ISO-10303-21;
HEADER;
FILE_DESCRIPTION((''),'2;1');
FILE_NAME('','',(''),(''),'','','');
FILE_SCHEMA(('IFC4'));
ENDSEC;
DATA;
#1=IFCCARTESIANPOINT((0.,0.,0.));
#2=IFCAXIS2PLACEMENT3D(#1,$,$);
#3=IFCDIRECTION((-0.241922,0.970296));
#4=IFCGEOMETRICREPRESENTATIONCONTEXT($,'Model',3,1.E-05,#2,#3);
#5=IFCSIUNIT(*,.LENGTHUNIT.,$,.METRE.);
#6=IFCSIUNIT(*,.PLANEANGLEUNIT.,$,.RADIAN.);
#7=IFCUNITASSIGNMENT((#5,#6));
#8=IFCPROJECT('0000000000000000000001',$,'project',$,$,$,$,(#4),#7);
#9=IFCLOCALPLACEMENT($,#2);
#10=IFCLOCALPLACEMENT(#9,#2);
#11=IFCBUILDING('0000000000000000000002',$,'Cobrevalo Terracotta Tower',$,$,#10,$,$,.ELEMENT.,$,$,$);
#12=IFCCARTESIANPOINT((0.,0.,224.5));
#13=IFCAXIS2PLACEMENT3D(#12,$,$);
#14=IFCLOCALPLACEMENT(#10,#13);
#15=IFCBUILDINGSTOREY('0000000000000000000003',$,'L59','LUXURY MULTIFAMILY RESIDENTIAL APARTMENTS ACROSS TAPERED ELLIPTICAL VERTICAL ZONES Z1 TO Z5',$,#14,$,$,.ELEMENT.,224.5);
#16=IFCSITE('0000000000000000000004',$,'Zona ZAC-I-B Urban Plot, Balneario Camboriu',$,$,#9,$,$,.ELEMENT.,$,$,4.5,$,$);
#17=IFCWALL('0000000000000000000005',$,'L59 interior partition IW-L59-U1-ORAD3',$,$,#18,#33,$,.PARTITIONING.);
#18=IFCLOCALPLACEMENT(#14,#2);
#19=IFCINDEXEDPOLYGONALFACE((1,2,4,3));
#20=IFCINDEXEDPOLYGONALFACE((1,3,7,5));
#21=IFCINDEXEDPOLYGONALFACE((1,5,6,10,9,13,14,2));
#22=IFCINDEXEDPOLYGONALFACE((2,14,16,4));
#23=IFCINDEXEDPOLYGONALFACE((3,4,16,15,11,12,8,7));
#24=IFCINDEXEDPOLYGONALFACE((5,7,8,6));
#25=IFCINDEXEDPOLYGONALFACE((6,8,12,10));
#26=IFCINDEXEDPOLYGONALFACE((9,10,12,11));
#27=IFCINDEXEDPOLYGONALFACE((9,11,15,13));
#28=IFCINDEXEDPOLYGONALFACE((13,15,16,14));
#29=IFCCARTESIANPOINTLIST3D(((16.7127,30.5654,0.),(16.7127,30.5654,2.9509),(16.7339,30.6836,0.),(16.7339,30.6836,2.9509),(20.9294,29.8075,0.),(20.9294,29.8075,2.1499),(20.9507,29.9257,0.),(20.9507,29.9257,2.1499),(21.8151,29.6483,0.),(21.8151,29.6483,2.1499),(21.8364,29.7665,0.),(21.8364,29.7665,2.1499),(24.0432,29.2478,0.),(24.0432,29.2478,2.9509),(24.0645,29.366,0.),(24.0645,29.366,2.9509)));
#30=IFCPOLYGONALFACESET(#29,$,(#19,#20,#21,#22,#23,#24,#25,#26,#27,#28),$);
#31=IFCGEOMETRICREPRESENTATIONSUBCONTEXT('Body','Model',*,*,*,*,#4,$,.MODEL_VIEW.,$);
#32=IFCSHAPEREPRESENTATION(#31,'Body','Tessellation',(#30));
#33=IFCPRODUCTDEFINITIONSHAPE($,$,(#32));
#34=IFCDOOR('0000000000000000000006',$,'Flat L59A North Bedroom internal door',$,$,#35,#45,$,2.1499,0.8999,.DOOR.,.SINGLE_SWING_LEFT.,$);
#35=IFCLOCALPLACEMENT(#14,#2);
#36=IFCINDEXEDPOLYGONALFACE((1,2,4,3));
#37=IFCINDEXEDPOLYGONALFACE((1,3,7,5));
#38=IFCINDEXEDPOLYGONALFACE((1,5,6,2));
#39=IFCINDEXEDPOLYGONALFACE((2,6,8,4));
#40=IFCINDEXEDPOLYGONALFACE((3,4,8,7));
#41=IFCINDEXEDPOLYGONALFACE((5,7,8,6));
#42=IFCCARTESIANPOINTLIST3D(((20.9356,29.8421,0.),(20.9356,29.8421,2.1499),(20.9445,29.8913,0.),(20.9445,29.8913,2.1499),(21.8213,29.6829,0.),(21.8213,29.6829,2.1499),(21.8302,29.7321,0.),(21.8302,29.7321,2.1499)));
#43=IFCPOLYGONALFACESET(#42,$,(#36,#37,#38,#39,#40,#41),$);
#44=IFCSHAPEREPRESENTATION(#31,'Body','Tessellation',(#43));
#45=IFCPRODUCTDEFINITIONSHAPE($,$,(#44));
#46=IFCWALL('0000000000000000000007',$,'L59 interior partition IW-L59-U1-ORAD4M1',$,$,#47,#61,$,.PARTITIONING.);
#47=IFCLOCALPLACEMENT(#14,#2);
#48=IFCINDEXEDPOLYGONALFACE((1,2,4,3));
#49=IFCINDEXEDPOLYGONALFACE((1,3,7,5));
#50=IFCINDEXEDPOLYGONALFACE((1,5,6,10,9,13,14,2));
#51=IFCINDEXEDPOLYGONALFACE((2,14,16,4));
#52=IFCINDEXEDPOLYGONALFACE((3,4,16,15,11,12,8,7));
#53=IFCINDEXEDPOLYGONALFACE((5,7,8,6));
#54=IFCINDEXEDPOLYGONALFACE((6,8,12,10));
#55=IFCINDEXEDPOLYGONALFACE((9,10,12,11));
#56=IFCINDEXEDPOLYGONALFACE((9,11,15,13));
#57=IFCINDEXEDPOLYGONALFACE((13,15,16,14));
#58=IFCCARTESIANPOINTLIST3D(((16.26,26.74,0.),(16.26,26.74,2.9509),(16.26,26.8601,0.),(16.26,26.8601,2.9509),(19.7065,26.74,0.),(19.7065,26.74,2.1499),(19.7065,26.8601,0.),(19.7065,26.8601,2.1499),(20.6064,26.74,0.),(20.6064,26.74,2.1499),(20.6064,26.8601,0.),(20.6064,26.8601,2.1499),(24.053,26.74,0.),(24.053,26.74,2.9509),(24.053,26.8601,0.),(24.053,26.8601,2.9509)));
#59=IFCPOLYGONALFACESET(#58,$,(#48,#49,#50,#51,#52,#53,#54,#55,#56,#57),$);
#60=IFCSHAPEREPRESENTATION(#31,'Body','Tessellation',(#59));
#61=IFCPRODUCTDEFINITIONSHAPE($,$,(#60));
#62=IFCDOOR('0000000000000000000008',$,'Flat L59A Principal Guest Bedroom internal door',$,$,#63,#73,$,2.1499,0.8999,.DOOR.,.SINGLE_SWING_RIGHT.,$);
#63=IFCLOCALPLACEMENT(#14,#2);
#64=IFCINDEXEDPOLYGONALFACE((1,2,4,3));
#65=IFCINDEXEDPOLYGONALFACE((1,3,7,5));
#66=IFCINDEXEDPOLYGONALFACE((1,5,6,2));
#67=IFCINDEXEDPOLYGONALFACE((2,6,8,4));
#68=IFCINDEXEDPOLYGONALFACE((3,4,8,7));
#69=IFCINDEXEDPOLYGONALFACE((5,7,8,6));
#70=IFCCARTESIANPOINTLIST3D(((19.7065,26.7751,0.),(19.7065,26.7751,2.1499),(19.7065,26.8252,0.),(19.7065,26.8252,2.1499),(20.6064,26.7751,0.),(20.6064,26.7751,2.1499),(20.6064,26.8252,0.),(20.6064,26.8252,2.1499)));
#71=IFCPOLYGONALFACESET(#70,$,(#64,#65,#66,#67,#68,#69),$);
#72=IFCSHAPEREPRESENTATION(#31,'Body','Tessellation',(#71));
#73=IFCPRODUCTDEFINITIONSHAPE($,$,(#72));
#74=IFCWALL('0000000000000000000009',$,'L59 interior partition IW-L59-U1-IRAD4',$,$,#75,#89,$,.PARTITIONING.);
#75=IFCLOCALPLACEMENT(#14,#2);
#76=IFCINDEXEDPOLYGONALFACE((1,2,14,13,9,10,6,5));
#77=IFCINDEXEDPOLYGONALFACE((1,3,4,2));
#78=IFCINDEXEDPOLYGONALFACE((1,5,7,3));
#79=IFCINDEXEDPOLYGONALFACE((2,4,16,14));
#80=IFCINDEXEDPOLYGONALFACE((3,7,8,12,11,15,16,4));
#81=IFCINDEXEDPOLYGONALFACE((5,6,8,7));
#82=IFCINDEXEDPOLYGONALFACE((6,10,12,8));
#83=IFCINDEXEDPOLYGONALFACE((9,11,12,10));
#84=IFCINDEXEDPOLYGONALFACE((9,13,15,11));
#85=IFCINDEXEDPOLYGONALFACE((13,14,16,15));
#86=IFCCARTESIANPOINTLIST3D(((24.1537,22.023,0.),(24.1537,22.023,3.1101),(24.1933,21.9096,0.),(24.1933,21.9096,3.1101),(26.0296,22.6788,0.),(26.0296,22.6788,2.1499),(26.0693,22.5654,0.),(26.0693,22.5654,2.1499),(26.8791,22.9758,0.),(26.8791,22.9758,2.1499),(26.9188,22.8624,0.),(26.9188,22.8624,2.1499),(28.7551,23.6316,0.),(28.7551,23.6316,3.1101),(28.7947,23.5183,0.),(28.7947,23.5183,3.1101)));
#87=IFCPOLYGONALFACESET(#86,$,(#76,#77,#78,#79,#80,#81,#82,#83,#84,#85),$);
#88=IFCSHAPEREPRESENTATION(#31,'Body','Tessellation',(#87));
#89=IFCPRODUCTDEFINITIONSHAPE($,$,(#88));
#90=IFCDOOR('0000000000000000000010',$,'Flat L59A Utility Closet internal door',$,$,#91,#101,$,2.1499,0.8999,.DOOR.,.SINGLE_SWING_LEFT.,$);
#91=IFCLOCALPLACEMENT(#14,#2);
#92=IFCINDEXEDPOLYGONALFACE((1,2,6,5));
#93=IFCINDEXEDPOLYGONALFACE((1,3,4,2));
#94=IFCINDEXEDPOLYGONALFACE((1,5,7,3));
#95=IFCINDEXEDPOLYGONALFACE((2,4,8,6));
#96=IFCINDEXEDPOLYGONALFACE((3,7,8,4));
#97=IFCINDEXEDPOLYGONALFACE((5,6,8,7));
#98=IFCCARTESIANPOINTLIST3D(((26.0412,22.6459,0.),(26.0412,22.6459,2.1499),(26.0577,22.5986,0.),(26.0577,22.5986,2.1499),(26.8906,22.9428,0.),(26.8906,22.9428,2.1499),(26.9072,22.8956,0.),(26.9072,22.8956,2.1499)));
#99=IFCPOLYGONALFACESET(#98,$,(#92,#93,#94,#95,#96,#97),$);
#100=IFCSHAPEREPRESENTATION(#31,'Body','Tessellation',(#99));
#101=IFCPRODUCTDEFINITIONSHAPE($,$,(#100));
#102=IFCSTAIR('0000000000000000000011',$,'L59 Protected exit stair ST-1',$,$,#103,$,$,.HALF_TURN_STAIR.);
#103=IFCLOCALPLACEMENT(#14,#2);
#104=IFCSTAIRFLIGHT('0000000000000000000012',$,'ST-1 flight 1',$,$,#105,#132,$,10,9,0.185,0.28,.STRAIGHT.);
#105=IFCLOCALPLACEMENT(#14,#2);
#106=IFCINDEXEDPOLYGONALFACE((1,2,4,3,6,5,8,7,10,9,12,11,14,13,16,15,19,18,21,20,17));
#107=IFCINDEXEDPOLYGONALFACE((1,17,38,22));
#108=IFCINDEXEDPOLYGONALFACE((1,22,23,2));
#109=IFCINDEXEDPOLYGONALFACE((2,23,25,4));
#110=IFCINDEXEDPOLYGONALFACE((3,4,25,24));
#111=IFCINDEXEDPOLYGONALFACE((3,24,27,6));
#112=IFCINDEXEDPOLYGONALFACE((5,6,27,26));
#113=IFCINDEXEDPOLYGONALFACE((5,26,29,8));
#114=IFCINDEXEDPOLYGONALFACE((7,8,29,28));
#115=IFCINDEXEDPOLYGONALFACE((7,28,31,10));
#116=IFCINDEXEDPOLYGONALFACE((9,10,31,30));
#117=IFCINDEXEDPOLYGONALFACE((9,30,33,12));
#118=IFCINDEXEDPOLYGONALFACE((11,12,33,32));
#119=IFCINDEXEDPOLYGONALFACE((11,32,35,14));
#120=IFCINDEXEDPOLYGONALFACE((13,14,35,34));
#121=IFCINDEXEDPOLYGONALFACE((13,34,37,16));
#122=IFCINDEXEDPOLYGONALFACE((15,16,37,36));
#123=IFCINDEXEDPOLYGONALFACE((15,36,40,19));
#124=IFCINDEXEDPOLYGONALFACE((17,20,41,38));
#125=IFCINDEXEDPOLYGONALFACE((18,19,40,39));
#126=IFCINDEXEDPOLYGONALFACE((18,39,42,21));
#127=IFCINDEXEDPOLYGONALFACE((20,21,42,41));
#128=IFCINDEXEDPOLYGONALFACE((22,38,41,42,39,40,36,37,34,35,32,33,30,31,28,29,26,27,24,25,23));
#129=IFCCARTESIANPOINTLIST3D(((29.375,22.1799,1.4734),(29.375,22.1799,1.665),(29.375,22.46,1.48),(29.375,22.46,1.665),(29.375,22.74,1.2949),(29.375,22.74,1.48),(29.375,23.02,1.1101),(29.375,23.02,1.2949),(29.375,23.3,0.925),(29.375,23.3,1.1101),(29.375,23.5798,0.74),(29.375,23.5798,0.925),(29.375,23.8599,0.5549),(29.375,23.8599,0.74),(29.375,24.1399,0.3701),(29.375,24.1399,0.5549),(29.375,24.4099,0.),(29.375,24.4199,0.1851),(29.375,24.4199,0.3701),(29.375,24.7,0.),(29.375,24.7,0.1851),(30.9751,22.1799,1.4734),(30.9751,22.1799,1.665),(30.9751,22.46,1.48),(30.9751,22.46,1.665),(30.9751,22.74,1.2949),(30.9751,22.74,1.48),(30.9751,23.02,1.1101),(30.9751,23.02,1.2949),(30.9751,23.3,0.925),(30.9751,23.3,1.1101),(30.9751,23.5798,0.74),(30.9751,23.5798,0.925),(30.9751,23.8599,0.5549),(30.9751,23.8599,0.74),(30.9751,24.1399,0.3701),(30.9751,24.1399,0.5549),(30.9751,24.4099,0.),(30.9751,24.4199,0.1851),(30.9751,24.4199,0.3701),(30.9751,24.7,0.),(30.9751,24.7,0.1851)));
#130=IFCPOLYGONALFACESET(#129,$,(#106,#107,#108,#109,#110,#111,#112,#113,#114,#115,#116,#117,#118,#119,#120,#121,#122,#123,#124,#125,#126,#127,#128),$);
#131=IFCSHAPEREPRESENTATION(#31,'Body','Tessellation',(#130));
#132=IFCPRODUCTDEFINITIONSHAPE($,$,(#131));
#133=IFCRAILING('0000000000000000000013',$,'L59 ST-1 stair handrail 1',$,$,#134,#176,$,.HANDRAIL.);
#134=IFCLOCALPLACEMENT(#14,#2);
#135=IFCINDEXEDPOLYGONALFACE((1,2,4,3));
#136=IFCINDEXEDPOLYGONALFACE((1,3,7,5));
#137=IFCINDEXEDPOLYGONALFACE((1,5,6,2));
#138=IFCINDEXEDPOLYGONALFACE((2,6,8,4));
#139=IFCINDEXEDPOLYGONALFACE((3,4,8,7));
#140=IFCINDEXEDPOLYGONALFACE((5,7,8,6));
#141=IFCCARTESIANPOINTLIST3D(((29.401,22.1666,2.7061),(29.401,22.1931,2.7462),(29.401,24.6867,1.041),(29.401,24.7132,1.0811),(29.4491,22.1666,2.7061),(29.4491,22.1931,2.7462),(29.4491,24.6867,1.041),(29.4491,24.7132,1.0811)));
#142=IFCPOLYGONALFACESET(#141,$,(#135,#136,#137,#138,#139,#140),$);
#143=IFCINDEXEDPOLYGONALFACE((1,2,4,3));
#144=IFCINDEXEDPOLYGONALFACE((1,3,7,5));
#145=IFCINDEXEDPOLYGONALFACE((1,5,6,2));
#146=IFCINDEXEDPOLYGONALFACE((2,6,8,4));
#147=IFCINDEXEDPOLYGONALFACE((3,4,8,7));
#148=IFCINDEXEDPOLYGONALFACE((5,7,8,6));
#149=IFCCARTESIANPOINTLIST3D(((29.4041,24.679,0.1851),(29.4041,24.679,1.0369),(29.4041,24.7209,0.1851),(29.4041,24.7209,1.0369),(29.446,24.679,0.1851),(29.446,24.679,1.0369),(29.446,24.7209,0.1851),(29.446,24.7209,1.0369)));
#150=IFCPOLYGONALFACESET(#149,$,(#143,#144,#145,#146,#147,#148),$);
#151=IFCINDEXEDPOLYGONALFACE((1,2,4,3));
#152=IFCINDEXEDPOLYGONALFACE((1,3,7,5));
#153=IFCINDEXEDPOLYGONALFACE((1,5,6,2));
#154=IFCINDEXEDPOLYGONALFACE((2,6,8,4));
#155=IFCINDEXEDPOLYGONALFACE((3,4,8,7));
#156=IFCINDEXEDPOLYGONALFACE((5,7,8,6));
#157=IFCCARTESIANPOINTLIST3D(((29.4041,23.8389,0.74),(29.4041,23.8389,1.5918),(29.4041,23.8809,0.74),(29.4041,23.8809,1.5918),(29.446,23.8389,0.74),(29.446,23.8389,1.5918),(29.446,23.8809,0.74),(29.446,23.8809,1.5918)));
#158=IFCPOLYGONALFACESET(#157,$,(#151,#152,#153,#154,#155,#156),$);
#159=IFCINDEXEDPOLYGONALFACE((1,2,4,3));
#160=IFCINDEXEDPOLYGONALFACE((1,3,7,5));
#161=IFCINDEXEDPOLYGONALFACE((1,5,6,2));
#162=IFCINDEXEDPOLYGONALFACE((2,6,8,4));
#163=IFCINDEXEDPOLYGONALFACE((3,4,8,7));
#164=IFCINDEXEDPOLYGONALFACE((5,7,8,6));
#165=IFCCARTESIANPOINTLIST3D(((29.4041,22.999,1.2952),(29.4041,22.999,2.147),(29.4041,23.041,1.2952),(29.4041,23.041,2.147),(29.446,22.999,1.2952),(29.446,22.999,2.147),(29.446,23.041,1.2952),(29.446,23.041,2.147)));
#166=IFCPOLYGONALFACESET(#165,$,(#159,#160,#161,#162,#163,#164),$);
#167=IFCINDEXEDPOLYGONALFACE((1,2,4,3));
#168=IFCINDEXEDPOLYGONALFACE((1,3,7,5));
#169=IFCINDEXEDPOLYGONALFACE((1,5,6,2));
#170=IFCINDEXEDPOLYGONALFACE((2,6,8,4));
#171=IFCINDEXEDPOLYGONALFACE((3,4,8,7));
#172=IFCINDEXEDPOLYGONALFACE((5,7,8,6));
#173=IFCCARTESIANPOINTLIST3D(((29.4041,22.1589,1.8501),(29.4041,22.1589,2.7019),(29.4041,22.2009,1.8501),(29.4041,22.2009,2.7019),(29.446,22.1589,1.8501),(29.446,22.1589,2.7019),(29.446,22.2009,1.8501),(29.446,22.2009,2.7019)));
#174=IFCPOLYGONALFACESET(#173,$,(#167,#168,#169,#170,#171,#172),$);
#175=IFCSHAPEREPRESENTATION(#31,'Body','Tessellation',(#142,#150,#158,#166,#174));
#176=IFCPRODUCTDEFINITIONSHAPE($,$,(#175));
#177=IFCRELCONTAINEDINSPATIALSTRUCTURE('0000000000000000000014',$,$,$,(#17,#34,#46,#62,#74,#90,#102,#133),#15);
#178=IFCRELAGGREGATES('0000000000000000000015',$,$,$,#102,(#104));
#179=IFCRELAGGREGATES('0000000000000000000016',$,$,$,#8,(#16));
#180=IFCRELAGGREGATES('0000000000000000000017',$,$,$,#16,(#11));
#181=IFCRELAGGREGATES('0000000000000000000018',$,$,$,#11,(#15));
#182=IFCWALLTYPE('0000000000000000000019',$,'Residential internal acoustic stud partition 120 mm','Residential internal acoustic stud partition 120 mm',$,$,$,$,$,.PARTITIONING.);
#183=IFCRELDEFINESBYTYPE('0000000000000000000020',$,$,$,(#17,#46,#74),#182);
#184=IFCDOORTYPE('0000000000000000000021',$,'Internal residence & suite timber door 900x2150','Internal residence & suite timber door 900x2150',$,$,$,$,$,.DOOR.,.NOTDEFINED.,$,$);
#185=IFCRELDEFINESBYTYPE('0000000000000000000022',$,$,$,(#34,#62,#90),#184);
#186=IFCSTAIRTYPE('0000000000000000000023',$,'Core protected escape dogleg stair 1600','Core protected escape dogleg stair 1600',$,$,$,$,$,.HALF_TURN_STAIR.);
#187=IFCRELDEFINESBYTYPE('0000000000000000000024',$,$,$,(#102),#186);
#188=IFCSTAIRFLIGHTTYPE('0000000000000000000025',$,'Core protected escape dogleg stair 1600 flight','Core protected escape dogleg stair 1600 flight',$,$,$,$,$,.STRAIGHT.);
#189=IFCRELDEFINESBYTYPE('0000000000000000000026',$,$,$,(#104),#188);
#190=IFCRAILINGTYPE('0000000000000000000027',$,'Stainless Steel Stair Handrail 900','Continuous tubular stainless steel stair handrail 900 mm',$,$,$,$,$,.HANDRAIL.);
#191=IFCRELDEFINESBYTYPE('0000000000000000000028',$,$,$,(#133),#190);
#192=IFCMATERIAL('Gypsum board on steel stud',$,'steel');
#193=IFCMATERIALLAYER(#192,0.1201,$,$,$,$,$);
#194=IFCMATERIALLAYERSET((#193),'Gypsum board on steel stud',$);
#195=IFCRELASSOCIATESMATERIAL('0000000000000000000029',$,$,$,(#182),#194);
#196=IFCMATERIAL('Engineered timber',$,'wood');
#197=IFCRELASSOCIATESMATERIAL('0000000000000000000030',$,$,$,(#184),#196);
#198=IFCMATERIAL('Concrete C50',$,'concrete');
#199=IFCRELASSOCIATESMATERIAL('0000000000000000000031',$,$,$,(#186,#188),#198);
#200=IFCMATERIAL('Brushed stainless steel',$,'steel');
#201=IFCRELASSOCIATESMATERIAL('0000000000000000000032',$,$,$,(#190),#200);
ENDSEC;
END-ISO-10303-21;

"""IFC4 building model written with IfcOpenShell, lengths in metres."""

from ifc_helpers import new_model, si_unit, direction, frame, frame_2d, origin, origin_2d, place, context, subcontext, project, spatial, polyline, rectangle, outline, extrude, source, transform, mapped, material, layer, layer_set, type_object, element, fill, aggregate, save


model = new_model("IFC4")

# Units and contexts
model_context = context("Model", 3, precision=1e-05, world=origin(), true_north=direction((-0.241922, 0.970296)))
body_context = subcontext(model_context, "Body", "Model", "MODEL_VIEW")
ifc_project = project(units=[si_unit("LENGTHUNIT", "METRE"), si_unit("PLANEANGLEUNIT", "RADIAN")], contexts=[model_context])

# Site, building, storey
site_placement = place(None, origin())
site = spatial("IfcSite", under=ifc_project, at=site_placement, Name="Zona ZAC-I-B Urban Plot, Balneario Camboriu", CompositionType="ELEMENT", RefElevation=4.5)
building_placement = place(site_placement, origin())
building = spatial("IfcBuilding", under=site, at=building_placement, Name="Cobrevalo Terracotta Tower", CompositionType="ELEMENT")
storey_placement = place(building_placement, frame((0.0, 0.0, 224.5)))
storey = spatial("IfcBuildingStorey", under=building, at=storey_placement, Name="L59", Description="LUXURY MULTIFAMILY RESIDENTIAL APARTMENTS ACROSS TAPERED ELLIPTICAL VERTICAL ZONES Z1 TO Z5", CompositionType="ELEMENT", Elevation=224.5)

# Shared definitions
ifc_material_1 = material(Name="Gypsum board on steel stud", Category="steel")

# Shared definitions
ifc_material_2 = material(Name="Brushed stainless steel", Category="steel")

# Walls, openings, doors
ifc_layer_1 = layer(ifc_material_1, 0.1201)
ifc_layer_set_1 = layer_set([ifc_layer_1], Name="Gypsum board on steel stud")
wall_type_1 = type_object("IfcWallType", Name="Residential internal acoustic stud partition 120 mm", Description="Residential internal acoustic stud partition 120 mm", PredefinedType="PARTITIONING", material=ifc_layer_set_1)
wall_1_placement = place(storey_placement, frame((24.054, 29.3069, 0.0), z_axis=(0.0, 0.0, 1.0), x_axis=(-0.984227, 0.176909, 0.0)))
wall_1 = element("IfcWall", 1, at=wall_1_placement, inside=storey, type_object=wall_type_1, Name="L59 interior partition IW-L59-U1-ORAD3", PredefinedType="PARTITIONING", context=body_context, shape_type="SweptSolid", body=[
    extrude(rectangle(XDim=7.448, YDim=0.1201, at=frame_2d((3.7241, 0.0))), origin(), (0.0, 0.0, 1.0), 2.9509),
])
opening_1_placement = place(wall_1_placement, frame((2.2639, 0.0, 0.0)))
opening_1 = element("IfcOpeningElement", 2, at=opening_1_placement, cuts=wall_1, PredefinedType="OPENING", context=body_context, shape_type="SweptSolid", body=[
    extrude(rectangle(XDim=0.8999, YDim=2.1499, at=frame_2d((0.45, 1.075))), frame((0.0, 0.0701, 0.0), z_axis=(0.0, -1.0, 0.0), x_axis=(1.0, 0.0, 0.0)), (0.0, 0.0, 1.0), 0.1401),
])
ifc_material_3 = material(Name="Engineered timber", Category="wood")
door_type_1 = type_object("IfcDoorType", Name="Internal residence & suite timber door 900x2150", Description="Internal residence & suite timber door 900x2150", OperationType="NOTDEFINED", PredefinedType="DOOR", material=ifc_material_3)
shared_shape_1 = source(origin(), body_context, "Body", "SweptSolid", [
    extrude(rectangle(XDim=0.8999, YDim=2.1499, at=frame_2d((0.45, 1.075))), frame((0.0, 0.0249, 0.0), z_axis=(0.0, -1.0, 0.0), x_axis=(1.0, 0.0, 0.0)), (0.0, 0.0, 1.0), 0.05),
])
door_1_placement = place(opening_1_placement, origin())
door_1 = element("IfcDoor", 3, at=door_1_placement, inside=storey, type_object=door_type_1, Name="Flat L59A North Bedroom internal door", OperationType="SINGLE_SWING_LEFT", OverallHeight=2.1499, OverallWidth=0.8999, PredefinedType="DOOR", context=body_context, shape_type="MappedRepresentation", body=[
    mapped(shared_shape_1, transform((0.0, 0.0, 0.0), scale=1.0)),
])
fill(opening_1, door_1)
wall_2_placement = place(storey_placement, frame((24.053, 26.8, 0.0), z_axis=(0.0, 0.0, 1.0), x_axis=(-1.0, 0.0, 0.0)))
wall_2 = element("IfcWall", 4, at=wall_2_placement, inside=storey, type_object=wall_type_1, Name="L59 interior partition IW-L59-U1-ORAD4M1", PredefinedType="PARTITIONING", context=body_context, shape_type="SweptSolid", body=[
    extrude(rectangle(XDim=7.793, YDim=0.1201, at=frame_2d((3.8965, 0.0))), origin(), (0.0, 0.0, 1.0), 2.9509),
])
opening_2_placement = place(wall_2_placement, frame((3.4465, 0.0, 0.0)))
opening_2 = element("IfcOpeningElement", 5, at=opening_2_placement, cuts=wall_2, PredefinedType="OPENING", context=body_context, shape_type="SweptSolid", body=[
    extrude(rectangle(XDim=0.8999, YDim=2.1499, at=frame_2d((0.45, 1.075))), frame((0.0, 0.0701, 0.0), z_axis=(0.0, -1.0, 0.0), x_axis=(1.0, 0.0, 0.0)), (0.0, 0.0, 1.0), 0.1401),
])
door_2_placement = place(opening_2_placement, origin())
door_2 = element("IfcDoor", 6, at=door_2_placement, inside=storey, type_object=door_type_1, Name="Flat L59A Principal Guest Bedroom internal door", OperationType="SINGLE_SWING_RIGHT", OverallHeight=2.1499, OverallWidth=0.8999, PredefinedType="DOOR", context=body_context, shape_type="MappedRepresentation", body=[
    mapped(shared_shape_1, transform((0.0, 0.0, 0.0), scale=1.0)),
])
fill(opening_2, door_2)
wall_3_placement = place(storey_placement, frame((28.7749, 23.575, 0.0), z_axis=(0.0, 0.0, 1.0), x_axis=(-0.943975, -0.330018, 0.0)))
wall_3 = element("IfcWall", 7, at=wall_3_placement, inside=storey, type_object=wall_type_1, Name="L59 interior partition IW-L59-U1-IRAD4", PredefinedType="PARTITIONING", context=body_context, shape_type="SweptSolid", body=[
    extrude(rectangle(XDim=4.8745, YDim=0.1201, at=frame_2d((2.4373, 0.0))), origin(), (0.0, 0.0, 1.0), 3.1101),
])
opening_3_placement = place(wall_3_placement, frame((1.9873, 0.0, 0.0)))
opening_3 = element("IfcOpeningElement", 8, at=opening_3_placement, cuts=wall_3, PredefinedType="OPENING", context=body_context, shape_type="SweptSolid", body=[
    extrude(rectangle(XDim=0.8999, YDim=2.1499, at=frame_2d((0.45, 1.075))), frame((0.0, 0.0701, 0.0), z_axis=(0.0, -1.0, 0.0), x_axis=(1.0, 0.0, 0.0)), (0.0, 0.0, 1.0), 0.1401),
])
door_3_placement = place(opening_3_placement, origin())
door_3 = element("IfcDoor", 9, at=door_3_placement, inside=storey, type_object=door_type_1, Name="Flat L59A Utility Closet internal door", OperationType="SINGLE_SWING_LEFT", OverallHeight=2.1499, OverallWidth=0.8999, PredefinedType="DOOR", context=body_context, shape_type="MappedRepresentation", body=[
    mapped(shared_shape_1, transform((0.0, 0.0, 0.0), scale=1.0)),
])
fill(opening_3, door_3)
ifc_material_4 = material(Name="Concrete C50", Category="concrete")

# Stair, stair flight
stair_type = type_object("IfcStairType", Name="Core protected escape dogleg stair 1600", Description="Core protected escape dogleg stair 1600", PredefinedType="HALF_TURN_STAIR", material=ifc_material_4)
stair_placement = place(storey_placement, origin())
stair = element("IfcStair", 10, at=stair_placement, inside=storey, type_object=stair_type, Name="L59 Protected exit stair ST-1", PredefinedType="HALF_TURN_STAIR")
stair_flight_type = type_object("IfcStairFlightType", Name="Core protected escape dogleg stair 1600 flight", Description="Core protected escape dogleg stair 1600 flight", PredefinedType="STRAIGHT", material=ifc_material_4)
stair_flight_placement = place(storey_placement, frame((30.175, 24.7, 0.0), z_axis=(0.0, 0.0, 1.0), x_axis=(0.0, -1.0, 0.0)))
stair_flight = element("IfcStairFlight", 11, at=stair_flight_placement, type_object=stair_flight_type, Name="ST-1 flight 1", NumberOfRisers=10, NumberOfTreads=9, PredefinedType="STRAIGHT", RiserHeight=0.185, TreadLength=0.28, context=body_context, shape_type="SweptSolid", body=[
    extrude(outline(polyline([(0.0, 0.0), (0.0, 0.1851), (0.28, 0.1851), (0.28, 0.3701), (0.5601, 0.3701), (0.5601, 0.5549), (0.8401, 0.5549), (0.8401, 0.74), (1.1201, 0.74), (1.1201, 0.925), (1.3999, 0.925), (1.3999, 1.1101), (1.6799, 1.1101), (1.6799, 1.2949), (1.96, 1.2949), (1.96, 1.48), (2.24, 1.48), (2.24, 1.665), (2.52, 1.665), (2.52, 1.8501), (2.52, 1.4734), (0.29, 0.0), (0.0, 0.0)])), frame((0.0, 0.8, 0.0), z_axis=(0.0, -1.0, 0.0), x_axis=(1.0, 0.0, 0.0)), (0.0, 0.0, 1.0), 1.6001),
])
aggregate(stair, [stair_flight])

# Railing
railing_type_1 = type_object("IfcRailingType", Name="Stainless Steel Stair Handrail 900", Description="Continuous tubular stainless steel stair handrail 900 mm", PredefinedType="HANDRAIL", material=ifc_material_2)
railing_1_placement = place(storey_placement, frame((29.425, 24.7, 0.1851)))
element("IfcRailing", 12, at=railing_1_placement, inside=storey, type_object=railing_type_1, Name="L59 ST-1 stair handrail 1", PredefinedType="HANDRAIL", context=body_context, shape_type="SweptSolid", body=[
    extrude(rectangle(XDim=0.0481, YDim=0.0481, at=origin_2d()), frame((0.0, 0.0, 0.876), z_axis=(0.0, -0.834331, 0.551263), x_axis=(1.0, 0.0, 0.0)), (0.0, 0.0, 1.0), 3.0205),
    extrude(rectangle(XDim=0.042, YDim=0.042, at=origin_2d()), origin(), (0.0, 0.0, 1.0), 0.8518),
    extrude(rectangle(XDim=0.042, YDim=0.042, at=origin_2d()), frame((0.0, -0.8401, 0.5549)), (0.0, 0.0, 1.0), 0.8518),
    extrude(rectangle(XDim=0.042, YDim=0.042, at=origin_2d()), frame((0.0, -1.6799, 1.1101)), (0.0, 0.0, 1.0), 0.8518),
    extrude(rectangle(XDim=0.042, YDim=0.042, at=origin_2d()), frame((0.0, -2.52, 1.665)), (0.0, 0.0, 1.0), 0.8518),
])

save(model, "model.ifc")
